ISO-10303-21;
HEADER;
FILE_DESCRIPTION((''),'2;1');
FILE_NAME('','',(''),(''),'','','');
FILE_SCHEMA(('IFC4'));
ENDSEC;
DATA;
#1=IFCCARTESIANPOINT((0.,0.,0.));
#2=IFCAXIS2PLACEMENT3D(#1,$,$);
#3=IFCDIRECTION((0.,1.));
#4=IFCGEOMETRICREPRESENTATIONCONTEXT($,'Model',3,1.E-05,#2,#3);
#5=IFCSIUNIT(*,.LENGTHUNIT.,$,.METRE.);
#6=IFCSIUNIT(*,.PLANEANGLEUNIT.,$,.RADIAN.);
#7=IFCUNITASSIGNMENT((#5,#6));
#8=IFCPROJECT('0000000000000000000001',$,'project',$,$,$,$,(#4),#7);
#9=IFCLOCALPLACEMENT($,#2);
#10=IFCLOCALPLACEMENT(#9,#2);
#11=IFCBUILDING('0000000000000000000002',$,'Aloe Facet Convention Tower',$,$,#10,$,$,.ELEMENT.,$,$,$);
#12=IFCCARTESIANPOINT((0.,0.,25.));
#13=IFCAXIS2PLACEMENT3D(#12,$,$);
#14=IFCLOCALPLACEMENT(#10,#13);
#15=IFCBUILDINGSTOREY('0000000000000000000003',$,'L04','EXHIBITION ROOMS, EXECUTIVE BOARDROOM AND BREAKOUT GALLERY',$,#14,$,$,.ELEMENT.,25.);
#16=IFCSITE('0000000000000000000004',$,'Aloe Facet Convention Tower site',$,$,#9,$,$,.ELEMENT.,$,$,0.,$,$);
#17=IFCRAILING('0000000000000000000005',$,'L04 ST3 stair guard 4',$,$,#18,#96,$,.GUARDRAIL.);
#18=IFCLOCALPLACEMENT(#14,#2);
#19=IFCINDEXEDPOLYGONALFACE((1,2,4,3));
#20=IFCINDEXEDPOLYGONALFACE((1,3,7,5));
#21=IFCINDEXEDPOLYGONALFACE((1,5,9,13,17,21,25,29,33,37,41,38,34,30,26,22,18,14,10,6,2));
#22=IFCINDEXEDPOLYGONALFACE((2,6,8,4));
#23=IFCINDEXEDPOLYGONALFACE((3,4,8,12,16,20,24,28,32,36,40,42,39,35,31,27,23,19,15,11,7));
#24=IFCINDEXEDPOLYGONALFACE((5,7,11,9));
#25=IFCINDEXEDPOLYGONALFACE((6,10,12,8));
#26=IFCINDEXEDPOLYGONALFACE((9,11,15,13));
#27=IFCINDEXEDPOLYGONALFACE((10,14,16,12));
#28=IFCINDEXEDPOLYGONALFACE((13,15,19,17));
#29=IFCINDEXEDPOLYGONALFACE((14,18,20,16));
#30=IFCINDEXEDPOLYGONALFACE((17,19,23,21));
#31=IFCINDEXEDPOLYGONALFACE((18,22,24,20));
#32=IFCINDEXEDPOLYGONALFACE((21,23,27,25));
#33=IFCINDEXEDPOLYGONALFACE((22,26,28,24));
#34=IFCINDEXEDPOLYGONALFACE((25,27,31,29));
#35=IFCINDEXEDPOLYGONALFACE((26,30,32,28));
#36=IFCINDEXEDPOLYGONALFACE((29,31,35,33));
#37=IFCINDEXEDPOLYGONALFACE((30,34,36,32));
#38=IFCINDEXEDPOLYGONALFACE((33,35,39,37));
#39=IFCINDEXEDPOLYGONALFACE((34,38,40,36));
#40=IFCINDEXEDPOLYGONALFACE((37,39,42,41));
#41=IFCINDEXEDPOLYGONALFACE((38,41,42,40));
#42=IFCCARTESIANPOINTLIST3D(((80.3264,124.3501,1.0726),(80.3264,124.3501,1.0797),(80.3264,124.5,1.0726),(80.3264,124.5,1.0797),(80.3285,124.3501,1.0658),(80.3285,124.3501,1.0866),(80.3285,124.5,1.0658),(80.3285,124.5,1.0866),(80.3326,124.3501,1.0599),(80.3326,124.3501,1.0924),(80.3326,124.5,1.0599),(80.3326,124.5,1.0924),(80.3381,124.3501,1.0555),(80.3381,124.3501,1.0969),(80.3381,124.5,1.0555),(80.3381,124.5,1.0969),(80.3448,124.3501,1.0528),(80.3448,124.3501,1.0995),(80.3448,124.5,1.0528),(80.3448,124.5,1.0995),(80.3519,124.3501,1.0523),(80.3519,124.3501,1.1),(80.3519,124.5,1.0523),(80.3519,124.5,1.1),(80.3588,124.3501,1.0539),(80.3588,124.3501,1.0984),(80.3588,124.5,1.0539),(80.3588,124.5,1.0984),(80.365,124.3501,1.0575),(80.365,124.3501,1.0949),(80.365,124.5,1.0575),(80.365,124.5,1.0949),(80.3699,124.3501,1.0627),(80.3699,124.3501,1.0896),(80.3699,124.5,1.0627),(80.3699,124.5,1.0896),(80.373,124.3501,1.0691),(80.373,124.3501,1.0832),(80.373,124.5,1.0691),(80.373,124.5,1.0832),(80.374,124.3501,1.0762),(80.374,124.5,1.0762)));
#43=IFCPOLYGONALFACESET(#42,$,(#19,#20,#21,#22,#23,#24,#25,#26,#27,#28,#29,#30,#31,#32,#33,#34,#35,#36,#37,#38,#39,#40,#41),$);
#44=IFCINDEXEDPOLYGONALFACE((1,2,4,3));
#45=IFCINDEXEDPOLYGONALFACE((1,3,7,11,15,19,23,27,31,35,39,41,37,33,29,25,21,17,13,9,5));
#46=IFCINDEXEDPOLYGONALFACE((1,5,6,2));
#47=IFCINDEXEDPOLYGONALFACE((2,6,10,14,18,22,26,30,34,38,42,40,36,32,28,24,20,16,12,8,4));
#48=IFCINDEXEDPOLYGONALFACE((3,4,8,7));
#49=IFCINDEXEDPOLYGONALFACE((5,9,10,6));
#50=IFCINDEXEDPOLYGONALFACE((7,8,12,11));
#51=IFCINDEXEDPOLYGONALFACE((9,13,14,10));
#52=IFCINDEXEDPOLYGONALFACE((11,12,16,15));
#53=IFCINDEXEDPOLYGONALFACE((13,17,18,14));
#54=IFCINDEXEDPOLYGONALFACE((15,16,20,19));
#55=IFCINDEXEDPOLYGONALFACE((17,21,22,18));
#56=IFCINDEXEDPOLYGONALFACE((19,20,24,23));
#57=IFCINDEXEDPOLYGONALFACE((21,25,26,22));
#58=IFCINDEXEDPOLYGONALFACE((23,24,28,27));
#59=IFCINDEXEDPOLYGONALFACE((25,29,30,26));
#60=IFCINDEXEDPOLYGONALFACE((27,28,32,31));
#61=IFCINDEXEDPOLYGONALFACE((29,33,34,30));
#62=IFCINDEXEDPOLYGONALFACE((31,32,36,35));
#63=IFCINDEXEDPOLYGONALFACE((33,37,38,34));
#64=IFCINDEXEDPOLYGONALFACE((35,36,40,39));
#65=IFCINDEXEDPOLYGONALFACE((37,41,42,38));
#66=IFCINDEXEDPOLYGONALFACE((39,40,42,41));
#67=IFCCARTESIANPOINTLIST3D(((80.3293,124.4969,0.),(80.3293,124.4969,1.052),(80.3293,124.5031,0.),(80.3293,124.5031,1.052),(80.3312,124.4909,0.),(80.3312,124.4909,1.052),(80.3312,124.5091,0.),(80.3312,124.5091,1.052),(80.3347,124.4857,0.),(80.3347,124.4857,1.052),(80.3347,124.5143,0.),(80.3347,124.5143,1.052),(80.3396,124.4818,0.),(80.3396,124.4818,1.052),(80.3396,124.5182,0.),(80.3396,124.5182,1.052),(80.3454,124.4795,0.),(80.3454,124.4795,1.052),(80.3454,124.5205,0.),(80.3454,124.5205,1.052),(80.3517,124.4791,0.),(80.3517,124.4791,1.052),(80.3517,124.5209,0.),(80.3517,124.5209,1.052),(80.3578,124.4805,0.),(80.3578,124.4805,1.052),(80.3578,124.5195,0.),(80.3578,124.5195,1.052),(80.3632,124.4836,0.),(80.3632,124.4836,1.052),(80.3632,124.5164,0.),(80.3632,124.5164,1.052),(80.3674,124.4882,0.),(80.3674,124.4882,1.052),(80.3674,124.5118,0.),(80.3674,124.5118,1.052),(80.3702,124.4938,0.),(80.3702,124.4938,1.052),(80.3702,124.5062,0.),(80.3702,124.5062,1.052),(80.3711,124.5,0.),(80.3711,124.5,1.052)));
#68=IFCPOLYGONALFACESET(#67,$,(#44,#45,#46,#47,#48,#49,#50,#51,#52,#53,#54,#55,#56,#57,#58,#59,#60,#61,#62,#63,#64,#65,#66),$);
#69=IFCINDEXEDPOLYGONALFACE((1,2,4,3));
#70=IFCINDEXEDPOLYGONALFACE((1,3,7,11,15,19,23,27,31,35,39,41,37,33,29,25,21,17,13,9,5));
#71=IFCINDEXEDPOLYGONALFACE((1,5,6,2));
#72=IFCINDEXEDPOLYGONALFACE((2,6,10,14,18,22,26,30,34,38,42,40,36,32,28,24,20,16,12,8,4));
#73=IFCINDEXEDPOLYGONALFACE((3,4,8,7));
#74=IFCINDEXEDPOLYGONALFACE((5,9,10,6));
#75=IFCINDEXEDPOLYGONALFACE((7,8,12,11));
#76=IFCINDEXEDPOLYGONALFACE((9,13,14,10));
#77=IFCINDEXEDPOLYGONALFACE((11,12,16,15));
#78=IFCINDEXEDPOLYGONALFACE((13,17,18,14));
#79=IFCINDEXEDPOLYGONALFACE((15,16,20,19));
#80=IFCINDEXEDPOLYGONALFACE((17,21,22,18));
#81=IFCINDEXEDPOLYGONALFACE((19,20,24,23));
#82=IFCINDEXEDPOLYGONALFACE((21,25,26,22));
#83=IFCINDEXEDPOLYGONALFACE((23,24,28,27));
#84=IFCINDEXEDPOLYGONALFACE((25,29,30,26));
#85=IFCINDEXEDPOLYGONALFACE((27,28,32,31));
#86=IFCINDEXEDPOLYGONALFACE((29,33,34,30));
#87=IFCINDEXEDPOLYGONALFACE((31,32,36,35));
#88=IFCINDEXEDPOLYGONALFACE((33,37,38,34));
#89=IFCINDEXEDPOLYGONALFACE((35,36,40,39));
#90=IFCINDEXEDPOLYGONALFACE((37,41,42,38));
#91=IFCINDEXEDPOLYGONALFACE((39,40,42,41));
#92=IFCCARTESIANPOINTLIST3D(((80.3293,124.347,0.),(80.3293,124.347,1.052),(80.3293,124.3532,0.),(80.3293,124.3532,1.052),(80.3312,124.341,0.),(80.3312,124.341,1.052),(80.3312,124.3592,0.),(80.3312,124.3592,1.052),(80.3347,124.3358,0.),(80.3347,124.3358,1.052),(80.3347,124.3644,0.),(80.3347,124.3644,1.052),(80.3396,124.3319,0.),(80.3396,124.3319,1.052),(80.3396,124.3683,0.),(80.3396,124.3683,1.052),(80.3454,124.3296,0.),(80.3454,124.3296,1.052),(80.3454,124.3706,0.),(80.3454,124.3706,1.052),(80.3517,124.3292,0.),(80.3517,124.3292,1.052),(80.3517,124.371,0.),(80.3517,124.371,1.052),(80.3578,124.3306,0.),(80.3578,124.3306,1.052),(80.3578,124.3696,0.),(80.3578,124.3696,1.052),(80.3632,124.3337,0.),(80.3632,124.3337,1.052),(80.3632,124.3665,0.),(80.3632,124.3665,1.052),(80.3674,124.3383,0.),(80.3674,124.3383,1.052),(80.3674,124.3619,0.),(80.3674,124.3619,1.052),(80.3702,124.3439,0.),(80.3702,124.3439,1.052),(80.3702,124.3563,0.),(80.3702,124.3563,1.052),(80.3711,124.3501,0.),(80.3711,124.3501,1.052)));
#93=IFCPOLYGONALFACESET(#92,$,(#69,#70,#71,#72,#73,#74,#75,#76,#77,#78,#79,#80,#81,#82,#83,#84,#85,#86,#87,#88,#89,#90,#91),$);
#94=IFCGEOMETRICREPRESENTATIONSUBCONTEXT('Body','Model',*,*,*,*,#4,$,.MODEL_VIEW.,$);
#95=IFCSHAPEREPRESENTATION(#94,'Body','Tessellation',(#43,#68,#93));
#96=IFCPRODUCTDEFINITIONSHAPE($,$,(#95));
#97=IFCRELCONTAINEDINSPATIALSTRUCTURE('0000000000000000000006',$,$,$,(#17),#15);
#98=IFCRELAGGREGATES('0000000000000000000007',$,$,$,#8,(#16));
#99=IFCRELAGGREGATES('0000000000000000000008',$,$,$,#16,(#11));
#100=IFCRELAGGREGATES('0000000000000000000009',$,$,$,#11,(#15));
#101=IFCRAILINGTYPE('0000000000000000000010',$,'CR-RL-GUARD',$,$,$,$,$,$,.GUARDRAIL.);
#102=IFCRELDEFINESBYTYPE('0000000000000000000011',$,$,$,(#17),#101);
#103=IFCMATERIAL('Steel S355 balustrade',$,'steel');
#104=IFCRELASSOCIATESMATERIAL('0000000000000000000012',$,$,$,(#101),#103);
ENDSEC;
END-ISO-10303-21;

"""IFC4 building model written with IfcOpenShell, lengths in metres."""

from ifc_helpers import new_model, si_unit, direction, frame, origin, origin_2d, place, context, subcontext, project, spatial, circle, extrude, material, type_object, element, save


model = new_model("IFC4")

# Units and contexts
model_context = context("Model", 3, precision=1e-05, world=origin(), true_north=direction((0.0, 1.0)))
body_context = subcontext(model_context, "Body", "Model", "MODEL_VIEW")
ifc_project = project(units=[si_unit("LENGTHUNIT", "METRE"), si_unit("PLANEANGLEUNIT", "RADIAN")], contexts=[model_context])

# Site, building, storey
site_placement = place(None, origin())
site = spatial("IfcSite", under=ifc_project, at=site_placement, Name="Aloe Facet Convention Tower site", CompositionType="ELEMENT", RefElevation=0.0)
building_placement = place(site_placement, origin())
building = spatial("IfcBuilding", under=site, at=building_placement, Name="Aloe Facet Convention Tower", CompositionType="ELEMENT")
storey_placement = place(building_placement, frame((0.0, 0.0, 25.0)))
storey = spatial("IfcBuildingStorey", under=building, at=storey_placement, Name="L04", Description="EXHIBITION ROOMS, EXECUTIVE BOARDROOM AND BREAKOUT GALLERY", CompositionType="ELEMENT", Elevation=25.0)

# Railing
ifc_material_1 = material(Name="Steel S355 balustrade", Category="steel")
railing_type = type_object("IfcRailingType", Name="CR-RL-GUARD", PredefinedType="GUARDRAIL", material=ifc_material_1)
railing_1_placement = place(storey_placement, frame((80.3501, 124.5, 0.0)))
element("IfcRailing", 1, at=railing_1_placement, inside=storey, type_object=railing_type, Name="L04 ST3 stair guard 4", PredefinedType="GUARDRAIL", context=body_context, shape_type="SweptSolid", body=[
    extrude(circle(Radius=0.0239, at=origin_2d()), frame((0.0, 0.0, 1.0762), z_axis=(0.0, -1.0, 0.0), x_axis=(1.0, 0.0, 0.0)), (0.0, 0.0, 1.0), 0.1499),
    extrude(circle(Radius=0.021, at=origin_2d()), origin(), (0.0, 0.0, 1.0), 1.052),
    extrude(circle(Radius=0.021, at=origin_2d()), frame((0.0, -0.1499, 0.0)), (0.0, 0.0, 1.0), 1.052),
])

save(model, "model.ifc")
